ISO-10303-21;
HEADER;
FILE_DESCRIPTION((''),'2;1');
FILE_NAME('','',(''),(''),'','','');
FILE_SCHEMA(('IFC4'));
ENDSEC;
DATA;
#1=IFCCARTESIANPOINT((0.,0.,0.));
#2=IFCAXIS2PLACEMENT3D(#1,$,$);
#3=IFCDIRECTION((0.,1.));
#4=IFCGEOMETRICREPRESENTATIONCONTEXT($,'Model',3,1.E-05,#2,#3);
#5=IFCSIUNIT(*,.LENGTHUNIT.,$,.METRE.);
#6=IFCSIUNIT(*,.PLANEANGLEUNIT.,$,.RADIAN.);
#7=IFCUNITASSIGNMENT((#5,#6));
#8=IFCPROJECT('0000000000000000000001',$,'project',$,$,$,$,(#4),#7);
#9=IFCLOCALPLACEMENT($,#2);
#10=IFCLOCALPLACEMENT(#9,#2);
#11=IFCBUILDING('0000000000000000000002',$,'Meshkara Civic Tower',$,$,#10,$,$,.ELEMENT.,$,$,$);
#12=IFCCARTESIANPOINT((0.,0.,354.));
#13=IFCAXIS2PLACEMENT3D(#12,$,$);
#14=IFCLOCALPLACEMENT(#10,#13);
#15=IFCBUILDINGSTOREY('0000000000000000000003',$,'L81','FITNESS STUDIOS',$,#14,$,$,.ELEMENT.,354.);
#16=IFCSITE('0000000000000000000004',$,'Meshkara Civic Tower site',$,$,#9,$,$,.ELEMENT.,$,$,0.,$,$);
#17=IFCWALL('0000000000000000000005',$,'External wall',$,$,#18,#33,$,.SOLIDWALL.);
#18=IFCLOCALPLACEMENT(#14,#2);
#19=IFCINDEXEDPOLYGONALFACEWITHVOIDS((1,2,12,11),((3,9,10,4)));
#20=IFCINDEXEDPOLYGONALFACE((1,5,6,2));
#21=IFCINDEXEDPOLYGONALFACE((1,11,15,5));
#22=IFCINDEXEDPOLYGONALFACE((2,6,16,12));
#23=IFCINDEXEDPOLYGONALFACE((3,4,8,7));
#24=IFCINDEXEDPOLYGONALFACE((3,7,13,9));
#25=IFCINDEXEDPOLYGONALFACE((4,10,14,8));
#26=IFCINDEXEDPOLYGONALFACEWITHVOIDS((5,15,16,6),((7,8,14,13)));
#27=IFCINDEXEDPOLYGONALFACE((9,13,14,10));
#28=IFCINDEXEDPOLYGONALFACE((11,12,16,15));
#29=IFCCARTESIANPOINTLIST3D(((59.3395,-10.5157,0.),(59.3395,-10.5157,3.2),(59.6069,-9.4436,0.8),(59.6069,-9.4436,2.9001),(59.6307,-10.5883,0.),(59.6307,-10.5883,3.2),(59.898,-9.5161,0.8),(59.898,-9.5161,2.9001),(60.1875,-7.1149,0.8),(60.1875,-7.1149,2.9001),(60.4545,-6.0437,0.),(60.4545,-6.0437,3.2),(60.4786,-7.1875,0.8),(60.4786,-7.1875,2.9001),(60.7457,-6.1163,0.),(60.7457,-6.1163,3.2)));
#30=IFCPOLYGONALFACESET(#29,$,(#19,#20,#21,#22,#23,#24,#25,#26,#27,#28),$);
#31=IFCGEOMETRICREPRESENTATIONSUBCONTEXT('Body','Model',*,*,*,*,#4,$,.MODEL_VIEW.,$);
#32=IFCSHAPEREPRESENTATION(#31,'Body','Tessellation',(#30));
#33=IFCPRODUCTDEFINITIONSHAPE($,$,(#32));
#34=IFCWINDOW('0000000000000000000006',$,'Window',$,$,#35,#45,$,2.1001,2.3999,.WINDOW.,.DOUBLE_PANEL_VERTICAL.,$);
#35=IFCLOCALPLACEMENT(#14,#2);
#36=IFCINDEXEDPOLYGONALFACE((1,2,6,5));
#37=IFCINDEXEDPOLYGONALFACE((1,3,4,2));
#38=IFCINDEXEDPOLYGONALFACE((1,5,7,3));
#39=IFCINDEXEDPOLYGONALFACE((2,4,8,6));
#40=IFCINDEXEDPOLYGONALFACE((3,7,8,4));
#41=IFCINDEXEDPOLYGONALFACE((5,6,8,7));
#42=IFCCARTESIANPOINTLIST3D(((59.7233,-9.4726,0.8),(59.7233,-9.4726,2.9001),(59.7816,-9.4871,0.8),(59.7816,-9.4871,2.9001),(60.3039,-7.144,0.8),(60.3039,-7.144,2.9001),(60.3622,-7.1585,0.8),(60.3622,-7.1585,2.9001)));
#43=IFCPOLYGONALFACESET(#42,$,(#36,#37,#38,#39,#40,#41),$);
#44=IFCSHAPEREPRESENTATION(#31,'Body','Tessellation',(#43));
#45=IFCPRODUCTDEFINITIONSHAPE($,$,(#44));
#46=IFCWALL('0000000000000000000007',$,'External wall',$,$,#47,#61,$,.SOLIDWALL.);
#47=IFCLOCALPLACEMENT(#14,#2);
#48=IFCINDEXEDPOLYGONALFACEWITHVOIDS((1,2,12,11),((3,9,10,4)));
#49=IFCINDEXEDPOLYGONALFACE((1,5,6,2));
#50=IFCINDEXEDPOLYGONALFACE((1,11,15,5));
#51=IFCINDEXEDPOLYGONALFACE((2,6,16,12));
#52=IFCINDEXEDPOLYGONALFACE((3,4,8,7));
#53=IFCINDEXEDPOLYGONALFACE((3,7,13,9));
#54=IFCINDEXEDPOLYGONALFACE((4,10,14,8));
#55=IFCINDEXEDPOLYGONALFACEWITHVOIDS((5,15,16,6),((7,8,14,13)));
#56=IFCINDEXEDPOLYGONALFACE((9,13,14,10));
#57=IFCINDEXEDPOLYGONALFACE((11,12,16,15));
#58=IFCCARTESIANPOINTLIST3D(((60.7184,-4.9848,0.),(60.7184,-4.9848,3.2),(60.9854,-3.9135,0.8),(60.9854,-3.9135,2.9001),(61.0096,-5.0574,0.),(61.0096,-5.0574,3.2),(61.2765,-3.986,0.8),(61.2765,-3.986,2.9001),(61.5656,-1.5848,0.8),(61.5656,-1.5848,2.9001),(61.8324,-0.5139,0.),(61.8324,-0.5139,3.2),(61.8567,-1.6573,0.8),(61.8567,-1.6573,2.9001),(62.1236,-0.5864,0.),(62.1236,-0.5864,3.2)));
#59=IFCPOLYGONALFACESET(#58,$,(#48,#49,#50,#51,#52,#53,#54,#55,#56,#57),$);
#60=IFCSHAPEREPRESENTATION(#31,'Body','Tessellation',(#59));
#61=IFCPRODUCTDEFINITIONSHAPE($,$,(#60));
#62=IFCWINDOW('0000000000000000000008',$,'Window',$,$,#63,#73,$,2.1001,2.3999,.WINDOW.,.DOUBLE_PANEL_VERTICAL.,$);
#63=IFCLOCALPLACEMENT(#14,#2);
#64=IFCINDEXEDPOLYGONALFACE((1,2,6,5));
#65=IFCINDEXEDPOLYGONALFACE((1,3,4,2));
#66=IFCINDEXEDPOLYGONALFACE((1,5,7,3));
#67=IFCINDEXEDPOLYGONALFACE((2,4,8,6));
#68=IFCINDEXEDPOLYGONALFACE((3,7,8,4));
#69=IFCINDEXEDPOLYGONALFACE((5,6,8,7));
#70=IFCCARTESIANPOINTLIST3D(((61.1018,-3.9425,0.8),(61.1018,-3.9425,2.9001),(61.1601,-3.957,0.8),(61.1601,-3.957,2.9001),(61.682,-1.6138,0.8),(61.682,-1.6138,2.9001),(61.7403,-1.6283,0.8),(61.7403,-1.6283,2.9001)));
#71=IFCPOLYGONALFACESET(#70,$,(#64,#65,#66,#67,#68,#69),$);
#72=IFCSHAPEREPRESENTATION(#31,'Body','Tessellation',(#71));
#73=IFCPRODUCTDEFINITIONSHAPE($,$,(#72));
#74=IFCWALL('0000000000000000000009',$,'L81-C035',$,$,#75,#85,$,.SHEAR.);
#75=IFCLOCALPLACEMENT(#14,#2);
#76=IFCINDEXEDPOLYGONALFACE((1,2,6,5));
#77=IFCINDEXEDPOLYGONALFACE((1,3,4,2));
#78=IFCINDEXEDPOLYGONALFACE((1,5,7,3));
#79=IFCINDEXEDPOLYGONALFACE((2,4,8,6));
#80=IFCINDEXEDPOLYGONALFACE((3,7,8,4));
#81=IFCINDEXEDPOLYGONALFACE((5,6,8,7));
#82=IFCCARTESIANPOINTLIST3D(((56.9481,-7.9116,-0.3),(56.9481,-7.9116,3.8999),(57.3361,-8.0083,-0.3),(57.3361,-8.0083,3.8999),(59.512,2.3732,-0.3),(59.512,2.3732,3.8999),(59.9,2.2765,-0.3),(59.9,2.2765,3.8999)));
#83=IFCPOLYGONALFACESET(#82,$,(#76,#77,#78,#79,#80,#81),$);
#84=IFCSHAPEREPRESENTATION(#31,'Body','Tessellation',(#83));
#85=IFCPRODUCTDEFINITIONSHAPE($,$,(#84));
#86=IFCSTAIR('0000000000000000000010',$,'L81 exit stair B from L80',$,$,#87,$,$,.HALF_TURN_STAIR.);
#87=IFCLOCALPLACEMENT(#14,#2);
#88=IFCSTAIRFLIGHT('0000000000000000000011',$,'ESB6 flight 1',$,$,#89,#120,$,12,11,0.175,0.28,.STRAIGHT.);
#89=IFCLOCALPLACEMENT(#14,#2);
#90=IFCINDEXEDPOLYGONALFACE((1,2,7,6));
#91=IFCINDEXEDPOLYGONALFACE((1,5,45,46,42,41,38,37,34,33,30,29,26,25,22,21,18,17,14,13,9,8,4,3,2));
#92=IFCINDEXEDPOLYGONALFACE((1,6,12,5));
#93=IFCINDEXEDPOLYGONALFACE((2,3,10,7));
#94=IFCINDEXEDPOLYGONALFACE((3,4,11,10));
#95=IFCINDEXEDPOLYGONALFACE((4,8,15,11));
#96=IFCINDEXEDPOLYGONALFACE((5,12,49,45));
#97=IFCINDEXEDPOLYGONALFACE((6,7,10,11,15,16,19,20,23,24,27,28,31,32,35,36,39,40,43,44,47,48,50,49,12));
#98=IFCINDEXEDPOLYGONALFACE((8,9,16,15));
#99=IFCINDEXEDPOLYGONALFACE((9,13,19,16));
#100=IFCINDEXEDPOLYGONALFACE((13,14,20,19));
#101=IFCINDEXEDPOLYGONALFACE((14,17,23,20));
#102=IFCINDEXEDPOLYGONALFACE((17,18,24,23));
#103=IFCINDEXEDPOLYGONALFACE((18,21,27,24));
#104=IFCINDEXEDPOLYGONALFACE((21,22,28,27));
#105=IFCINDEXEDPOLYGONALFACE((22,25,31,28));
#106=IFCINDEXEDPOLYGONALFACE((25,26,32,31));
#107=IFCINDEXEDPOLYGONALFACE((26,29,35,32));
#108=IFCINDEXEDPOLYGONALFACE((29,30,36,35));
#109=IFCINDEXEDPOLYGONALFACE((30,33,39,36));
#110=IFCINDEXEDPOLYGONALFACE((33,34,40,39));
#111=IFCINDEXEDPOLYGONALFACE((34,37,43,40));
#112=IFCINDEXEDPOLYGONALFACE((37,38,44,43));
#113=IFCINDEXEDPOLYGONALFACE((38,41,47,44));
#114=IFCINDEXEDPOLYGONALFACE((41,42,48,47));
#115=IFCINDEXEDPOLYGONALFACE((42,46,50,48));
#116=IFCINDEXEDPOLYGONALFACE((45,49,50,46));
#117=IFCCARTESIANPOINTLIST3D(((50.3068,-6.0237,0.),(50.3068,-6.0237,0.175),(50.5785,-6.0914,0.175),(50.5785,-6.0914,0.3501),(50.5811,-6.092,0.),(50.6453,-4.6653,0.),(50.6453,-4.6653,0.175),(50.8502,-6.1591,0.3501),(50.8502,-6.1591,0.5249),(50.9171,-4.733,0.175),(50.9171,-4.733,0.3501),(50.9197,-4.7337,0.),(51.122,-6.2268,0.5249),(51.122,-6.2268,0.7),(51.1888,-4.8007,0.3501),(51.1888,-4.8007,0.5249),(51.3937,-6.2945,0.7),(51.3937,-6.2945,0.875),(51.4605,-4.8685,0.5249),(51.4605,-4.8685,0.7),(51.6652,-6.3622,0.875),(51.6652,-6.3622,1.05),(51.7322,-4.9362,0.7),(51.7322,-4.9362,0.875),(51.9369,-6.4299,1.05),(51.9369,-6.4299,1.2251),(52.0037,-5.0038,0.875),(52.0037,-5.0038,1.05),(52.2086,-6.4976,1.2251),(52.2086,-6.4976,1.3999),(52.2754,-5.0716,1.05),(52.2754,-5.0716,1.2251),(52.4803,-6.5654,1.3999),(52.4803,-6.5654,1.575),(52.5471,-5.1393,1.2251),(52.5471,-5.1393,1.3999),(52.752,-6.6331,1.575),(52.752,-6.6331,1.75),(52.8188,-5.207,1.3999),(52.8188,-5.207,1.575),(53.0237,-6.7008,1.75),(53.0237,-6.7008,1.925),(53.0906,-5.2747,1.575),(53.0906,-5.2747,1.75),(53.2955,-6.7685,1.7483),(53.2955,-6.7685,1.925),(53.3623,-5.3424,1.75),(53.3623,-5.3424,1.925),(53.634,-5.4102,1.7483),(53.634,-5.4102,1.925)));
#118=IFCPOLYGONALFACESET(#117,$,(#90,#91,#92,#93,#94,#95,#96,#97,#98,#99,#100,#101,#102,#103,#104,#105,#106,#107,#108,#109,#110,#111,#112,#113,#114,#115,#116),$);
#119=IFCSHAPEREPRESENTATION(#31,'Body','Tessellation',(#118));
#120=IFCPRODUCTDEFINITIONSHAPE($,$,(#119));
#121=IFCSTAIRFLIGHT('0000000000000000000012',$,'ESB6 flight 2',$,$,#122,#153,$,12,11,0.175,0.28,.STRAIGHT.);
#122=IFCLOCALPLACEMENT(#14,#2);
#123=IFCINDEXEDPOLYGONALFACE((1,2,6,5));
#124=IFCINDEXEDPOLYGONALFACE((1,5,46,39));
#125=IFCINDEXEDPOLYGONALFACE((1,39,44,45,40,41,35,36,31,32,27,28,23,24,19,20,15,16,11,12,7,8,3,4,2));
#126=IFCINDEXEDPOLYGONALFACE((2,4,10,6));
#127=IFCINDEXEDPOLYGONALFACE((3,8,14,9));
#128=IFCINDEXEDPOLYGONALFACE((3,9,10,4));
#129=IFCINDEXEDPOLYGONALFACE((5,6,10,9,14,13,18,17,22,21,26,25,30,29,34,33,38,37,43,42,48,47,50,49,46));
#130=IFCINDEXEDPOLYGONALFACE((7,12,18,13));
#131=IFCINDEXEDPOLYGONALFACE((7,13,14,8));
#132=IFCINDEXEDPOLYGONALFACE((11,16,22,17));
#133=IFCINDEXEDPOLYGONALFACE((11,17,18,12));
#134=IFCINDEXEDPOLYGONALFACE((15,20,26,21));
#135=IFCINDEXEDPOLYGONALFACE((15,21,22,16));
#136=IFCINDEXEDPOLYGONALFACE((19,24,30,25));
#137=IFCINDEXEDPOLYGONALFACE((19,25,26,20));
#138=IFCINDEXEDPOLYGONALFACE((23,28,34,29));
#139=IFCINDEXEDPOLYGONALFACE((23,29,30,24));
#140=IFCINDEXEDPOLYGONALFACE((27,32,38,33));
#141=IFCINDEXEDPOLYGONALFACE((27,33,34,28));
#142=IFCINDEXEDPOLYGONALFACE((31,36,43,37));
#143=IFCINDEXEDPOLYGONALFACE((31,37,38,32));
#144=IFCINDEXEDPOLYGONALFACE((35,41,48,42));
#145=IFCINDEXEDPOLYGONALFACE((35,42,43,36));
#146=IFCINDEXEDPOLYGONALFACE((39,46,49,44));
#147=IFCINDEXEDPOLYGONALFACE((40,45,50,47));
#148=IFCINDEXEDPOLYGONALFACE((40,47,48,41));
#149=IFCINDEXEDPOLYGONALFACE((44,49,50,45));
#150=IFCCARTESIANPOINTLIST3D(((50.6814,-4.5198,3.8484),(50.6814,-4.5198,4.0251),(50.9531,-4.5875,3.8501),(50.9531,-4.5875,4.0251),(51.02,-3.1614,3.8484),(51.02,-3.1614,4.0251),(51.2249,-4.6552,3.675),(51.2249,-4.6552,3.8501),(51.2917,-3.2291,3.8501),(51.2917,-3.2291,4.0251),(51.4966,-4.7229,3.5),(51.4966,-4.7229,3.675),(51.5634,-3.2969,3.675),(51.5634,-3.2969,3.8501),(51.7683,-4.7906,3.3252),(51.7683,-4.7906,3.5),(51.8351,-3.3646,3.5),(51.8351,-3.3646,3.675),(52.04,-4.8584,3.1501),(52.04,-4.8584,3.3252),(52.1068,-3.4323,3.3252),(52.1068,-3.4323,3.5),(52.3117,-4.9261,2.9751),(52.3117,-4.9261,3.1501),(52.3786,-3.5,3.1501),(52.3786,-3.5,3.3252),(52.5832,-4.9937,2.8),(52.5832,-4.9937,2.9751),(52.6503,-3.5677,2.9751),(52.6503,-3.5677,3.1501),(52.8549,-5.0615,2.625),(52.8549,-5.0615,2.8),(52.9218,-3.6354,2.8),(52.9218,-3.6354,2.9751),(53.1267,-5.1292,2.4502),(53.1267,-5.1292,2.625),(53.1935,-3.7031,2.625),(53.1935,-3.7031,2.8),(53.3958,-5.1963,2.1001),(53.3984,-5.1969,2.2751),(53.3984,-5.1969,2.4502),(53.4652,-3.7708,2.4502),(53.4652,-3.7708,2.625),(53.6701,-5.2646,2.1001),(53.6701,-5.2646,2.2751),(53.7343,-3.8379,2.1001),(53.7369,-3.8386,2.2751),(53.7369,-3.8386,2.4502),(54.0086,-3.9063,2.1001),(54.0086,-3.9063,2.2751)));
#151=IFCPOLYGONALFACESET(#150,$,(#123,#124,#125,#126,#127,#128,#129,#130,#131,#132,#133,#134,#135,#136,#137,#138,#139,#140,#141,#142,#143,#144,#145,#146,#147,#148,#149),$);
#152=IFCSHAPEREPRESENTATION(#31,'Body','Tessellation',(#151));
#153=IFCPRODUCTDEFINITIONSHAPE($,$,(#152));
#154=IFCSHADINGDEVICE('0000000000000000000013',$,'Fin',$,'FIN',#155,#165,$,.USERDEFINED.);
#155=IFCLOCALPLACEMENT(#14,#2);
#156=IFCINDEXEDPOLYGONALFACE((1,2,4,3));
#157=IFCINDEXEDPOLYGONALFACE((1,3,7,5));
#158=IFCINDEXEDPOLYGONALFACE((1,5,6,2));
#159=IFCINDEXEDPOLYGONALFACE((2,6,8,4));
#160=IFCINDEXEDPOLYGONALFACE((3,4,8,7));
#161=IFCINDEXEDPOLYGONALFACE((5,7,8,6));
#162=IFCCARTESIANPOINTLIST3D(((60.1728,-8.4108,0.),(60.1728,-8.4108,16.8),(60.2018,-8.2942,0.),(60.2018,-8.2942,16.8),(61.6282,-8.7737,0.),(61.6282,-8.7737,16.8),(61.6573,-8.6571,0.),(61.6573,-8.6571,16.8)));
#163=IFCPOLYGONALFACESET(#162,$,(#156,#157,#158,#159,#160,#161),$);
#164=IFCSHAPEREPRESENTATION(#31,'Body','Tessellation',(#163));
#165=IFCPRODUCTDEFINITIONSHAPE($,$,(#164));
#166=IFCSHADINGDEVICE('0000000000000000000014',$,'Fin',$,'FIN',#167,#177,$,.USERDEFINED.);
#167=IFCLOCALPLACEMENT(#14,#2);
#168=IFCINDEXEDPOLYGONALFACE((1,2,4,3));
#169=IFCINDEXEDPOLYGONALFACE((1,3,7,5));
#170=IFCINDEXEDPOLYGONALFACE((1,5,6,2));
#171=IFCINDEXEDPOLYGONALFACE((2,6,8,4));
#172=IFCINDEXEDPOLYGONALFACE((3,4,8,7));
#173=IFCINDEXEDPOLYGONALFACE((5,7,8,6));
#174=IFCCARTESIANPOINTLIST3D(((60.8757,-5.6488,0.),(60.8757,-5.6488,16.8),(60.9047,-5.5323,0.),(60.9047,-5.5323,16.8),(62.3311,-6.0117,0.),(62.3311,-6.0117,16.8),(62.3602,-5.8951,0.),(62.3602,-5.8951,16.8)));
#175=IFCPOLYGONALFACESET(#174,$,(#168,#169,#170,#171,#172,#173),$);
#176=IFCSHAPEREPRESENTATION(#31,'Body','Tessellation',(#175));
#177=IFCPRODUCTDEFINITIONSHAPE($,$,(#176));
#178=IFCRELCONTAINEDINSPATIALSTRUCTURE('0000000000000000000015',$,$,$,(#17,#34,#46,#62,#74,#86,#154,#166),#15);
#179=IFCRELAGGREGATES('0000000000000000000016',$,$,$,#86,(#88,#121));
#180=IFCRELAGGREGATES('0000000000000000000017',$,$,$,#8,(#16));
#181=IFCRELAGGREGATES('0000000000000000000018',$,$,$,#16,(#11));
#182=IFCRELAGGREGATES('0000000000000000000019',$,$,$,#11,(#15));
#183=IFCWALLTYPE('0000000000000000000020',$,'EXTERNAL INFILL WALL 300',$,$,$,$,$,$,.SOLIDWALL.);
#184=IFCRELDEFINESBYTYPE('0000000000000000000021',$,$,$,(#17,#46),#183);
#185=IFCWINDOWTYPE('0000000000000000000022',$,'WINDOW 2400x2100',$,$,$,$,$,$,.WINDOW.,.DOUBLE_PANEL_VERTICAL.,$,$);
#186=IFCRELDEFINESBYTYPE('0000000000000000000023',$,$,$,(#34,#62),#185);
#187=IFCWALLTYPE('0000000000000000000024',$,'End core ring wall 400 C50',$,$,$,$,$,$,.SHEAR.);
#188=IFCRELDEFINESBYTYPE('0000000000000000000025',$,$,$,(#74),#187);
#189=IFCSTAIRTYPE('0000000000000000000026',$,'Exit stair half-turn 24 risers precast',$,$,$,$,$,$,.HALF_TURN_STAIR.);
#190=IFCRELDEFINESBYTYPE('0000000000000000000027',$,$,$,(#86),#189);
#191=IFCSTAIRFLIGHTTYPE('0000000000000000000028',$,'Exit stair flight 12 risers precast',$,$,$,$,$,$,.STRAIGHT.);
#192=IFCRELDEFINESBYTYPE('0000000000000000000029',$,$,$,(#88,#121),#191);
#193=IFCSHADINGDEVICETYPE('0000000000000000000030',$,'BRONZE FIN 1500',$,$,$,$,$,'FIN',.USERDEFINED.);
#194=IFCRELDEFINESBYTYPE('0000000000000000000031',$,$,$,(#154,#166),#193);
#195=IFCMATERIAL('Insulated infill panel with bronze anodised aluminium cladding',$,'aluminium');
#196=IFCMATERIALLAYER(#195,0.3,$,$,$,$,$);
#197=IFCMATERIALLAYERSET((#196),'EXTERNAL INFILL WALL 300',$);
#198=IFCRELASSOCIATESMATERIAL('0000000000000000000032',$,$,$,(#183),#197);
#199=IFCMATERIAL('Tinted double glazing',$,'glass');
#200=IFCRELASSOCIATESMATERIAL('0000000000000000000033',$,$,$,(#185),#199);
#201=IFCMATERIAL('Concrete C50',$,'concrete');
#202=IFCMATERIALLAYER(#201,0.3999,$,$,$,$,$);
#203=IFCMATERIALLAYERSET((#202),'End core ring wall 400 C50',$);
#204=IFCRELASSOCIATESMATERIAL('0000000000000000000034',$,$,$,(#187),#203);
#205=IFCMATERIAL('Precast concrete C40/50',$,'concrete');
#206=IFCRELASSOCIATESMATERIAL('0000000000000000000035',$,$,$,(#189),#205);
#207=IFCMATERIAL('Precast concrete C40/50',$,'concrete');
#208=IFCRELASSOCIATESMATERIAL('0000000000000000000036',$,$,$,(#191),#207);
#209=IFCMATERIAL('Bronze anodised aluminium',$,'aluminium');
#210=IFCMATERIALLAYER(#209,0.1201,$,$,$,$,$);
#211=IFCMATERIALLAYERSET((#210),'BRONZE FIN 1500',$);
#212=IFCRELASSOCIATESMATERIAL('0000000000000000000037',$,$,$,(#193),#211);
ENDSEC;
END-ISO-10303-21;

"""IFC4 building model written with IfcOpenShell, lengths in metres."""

from ifc_helpers import new_model, si_unit, direction, frame, frame_2d, origin, origin_2d, place, context, subcontext, project, spatial, polyline, rectangle, outline, extrude, material, layer, layer_set, type_object, element, fill, aggregate, save


model = new_model("IFC4")

# Units and contexts
model_context = context("Model", 3, precision=1e-05, world=origin(), true_north=direction((0.0, 1.0)))
body_context = subcontext(model_context, "Body", "Model", "MODEL_VIEW")
ifc_project = project(units=[si_unit("LENGTHUNIT", "METRE"), si_unit("PLANEANGLEUNIT", "RADIAN")], contexts=[model_context])

# Site, building, storey
site_placement = place(None, origin())
site = spatial("IfcSite", under=ifc_project, at=site_placement, Name="Meshkara Civic Tower site", CompositionType="ELEMENT", RefElevation=0.0)
building_placement = place(site_placement, origin())
building = spatial("IfcBuilding", under=site, at=building_placement, Name="Meshkara Civic Tower", CompositionType="ELEMENT")
storey_placement = place(building_placement, frame((0.0, 0.0, 354.0)))
storey = spatial("IfcBuildingStorey", under=building, at=storey_placement, Name="L81", Description="FITNESS STUDIOS", CompositionType="ELEMENT", Elevation=354.0)

# Walls, openings, windows
ifc_material_1 = material(Name="Insulated infill panel with bronze anodised aluminium cladding", Category="aluminium")
ifc_layer_1 = layer(ifc_material_1, 0.3)
ifc_layer_set_1 = layer_set([ifc_layer_1], Name="EXTERNAL INFILL WALL 300")
wall_type_1 = type_object("IfcWallType", Name="EXTERNAL INFILL WALL 300", PredefinedType="SOLIDWALL", material=ifc_layer_set_1)
ifc_material_2 = material(Name="Tinted double glazing", Category="glass")
window_type = type_object("IfcWindowType", Name="WINDOW 2400x2100", PartitioningType="DOUBLE_PANEL_VERTICAL", PredefinedType="WINDOW", material=ifc_material_2)
wall_1_placement = place(storey_placement, frame((59.4851, -10.552, 0.0), z_axis=(0.0, 0.0, 1.0), x_axis=(0.241925, 0.970295, 0.0)))
wall_1 = element("IfcWall", 1, at=wall_1_placement, inside=storey, type_object=wall_type_1, Name="External wall", PredefinedType="SOLIDWALL", context=body_context, shape_type="SweptSolid", body=[
    extrude(rectangle(XDim=4.6089, YDim=0.3, at=frame_2d((2.3044, 0.0))), origin(), (0.0, 0.0, 1.0), 3.2),
])
opening_1_placement = place(wall_1_placement, frame((1.105, 0.0, 0.8)))
opening_1 = element("IfcOpeningElement", 2, at=opening_1_placement, cuts=wall_1, PredefinedType="OPENING", context=body_context, shape_type="SweptSolid", body=[
    extrude(rectangle(XDim=2.3999, YDim=2.1001, at=frame_2d((1.2, 1.05))), frame((0.0, 0.1599, 0.0), z_axis=(0.0, -1.0, 0.0), x_axis=(1.0, 0.0, 0.0)), (0.0, 0.0, 1.0), 0.3201),
])
window_1_placement = place(opening_1_placement, origin())
window_1 = element("IfcWindow", 3, at=window_1_placement, inside=storey, type_object=window_type, Name="Window", OverallHeight=2.1001, OverallWidth=2.3999, PartitioningType="DOUBLE_PANEL_VERTICAL", PredefinedType="WINDOW", context=body_context, shape_type="SweptSolid", body=[
    extrude(rectangle(XDim=2.3999, YDim=2.1001, at=frame_2d((1.2, 1.05))), frame((0.0, 0.03, 0.0), z_axis=(0.0, -1.0, 0.0), x_axis=(1.0, 0.0, 0.0)), (0.0, 0.0, 1.0), 0.0601),
])
fill(opening_1, window_1)
wall_2_placement = place(storey_placement, frame((60.864, -5.021, 0.0), z_axis=(0.0, 0.0, 1.0), x_axis=(0.241775, 0.970332, 0.0)))
wall_2 = element("IfcWall", 4, at=wall_2_placement, inside=storey, type_object=wall_type_1, Name="External wall", PredefinedType="SOLIDWALL", context=body_context, shape_type="SweptSolid", body=[
    extrude(rectangle(XDim=4.6077, YDim=0.3, at=frame_2d((2.3037, 0.0))), origin(), (0.0, 0.0, 1.0), 3.2),
])
opening_2_placement = place(wall_2_placement, frame((1.104, 0.0, 0.8)))
opening_2 = element("IfcOpeningElement", 5, at=opening_2_placement, cuts=wall_2, PredefinedType="OPENING", context=body_context, shape_type="SweptSolid", body=[
    extrude(rectangle(XDim=2.3999, YDim=2.1001, at=frame_2d((1.2, 1.05))), frame((0.0, 0.1599, 0.0), z_axis=(0.0, -1.0, 0.0), x_axis=(1.0, 0.0, 0.0)), (0.0, 0.0, 1.0), 0.3201),
])
window_2_placement = place(opening_2_placement, origin())
window_2 = element("IfcWindow", 6, at=window_2_placement, inside=storey, type_object=window_type, Name="Window", OverallHeight=2.1001, OverallWidth=2.3999, PartitioningType="DOUBLE_PANEL_VERTICAL", PredefinedType="WINDOW", context=body_context, shape_type="SweptSolid", body=[
    extrude(rectangle(XDim=2.3999, YDim=2.1001, at=frame_2d((1.2, 1.05))), frame((0.0, 0.03, 0.0), z_axis=(0.0, -1.0, 0.0), x_axis=(1.0, 0.0, 0.0)), (0.0, 0.0, 1.0), 0.0601),
])
fill(opening_2, window_2)

# Wall
ifc_material_3 = material(Name="Concrete C50", Category="concrete")
ifc_layer_2 = layer(ifc_material_3, 0.3999)
ifc_layer_set_2 = layer_set([ifc_layer_2], Name="End core ring wall 400 C50")
wall_type_2 = type_object("IfcWallType", Name="End core ring wall 400 C50", PredefinedType="SHEAR", material=ifc_layer_set_2)
wall_3_placement = place(storey_placement, frame((57.1421, -7.96, -0.3), z_axis=(0.0, 0.0, 1.0), x_axis=(0.241891, 0.970304, 0.0)))
element("IfcWall", 7, at=wall_3_placement, inside=storey, type_object=wall_type_2, Name="L81-C035", PredefinedType="SHEAR", context=body_context, shape_type="SweptSolid", body=[
    extrude(rectangle(XDim=10.5996, YDim=0.3999, at=frame_2d((5.2998, 0.0))), origin(), (0.0, 0.0, 1.0), 4.2),
])

# Stair, stair flights
ifc_material_4 = material(Name="Precast concrete C40/50", Category="concrete")
stair_type = type_object("IfcStairType", Name="Exit stair half-turn 24 risers precast", PredefinedType="HALF_TURN_STAIR", material=ifc_material_4)
stair_placement = place(storey_placement, origin())
stair = element("IfcStair", 8, at=stair_placement, inside=storey, type_object=stair_type, Name="L81 exit stair B from L80", PredefinedType="HALF_TURN_STAIR")
ifc_material_5 = material(Name="Precast concrete C40/50", Category="concrete")
stair_flight_type = type_object("IfcStairFlightType", Name="Exit stair flight 12 risers precast", PredefinedType="STRAIGHT", material=ifc_material_5)
stair_flight_1_placement = place(storey_placement, frame((50.4761, -5.3445, 0.0), z_axis=(0.0, 0.0, 1.0), x_axis=(0.970319, -0.24183, 0.0)))
stair_flight_1 = element("IfcStairFlight", 9, at=stair_flight_1_placement, type_object=stair_flight_type, Name="ESB6 flight 1", NumberOfRisers=12, NumberOfTreads=11, PredefinedType="STRAIGHT", RiserHeight=0.175, TreadLength=0.28, context=body_context, shape_type="SweptSolid", body=[
    extrude(outline(polyline([(0.0, 0.0), (0.0, 0.175), (0.28, 0.175), (0.28, 0.3501), (0.5601, 0.3501), (0.5601, 0.5249), (0.8401, 0.5249), (0.8401, 0.7), (1.1201, 0.7), (1.1201, 0.875), (1.3999, 0.875), (1.3999, 1.05), (1.6799, 1.05), (1.6799, 1.2251), (1.96, 1.2251), (1.96, 1.3999), (2.24, 1.3999), (2.24, 1.575), (2.52, 1.575), (2.52, 1.75), (2.8, 1.75), (2.8, 1.925), (3.0801, 1.925), (3.0801, 2.1001), (3.0801, 1.7483), (0.2827, 0.0), (0.0, 0.0)])), frame((0.0, 0.7, 0.0), z_axis=(0.0, -1.0, 0.0), x_axis=(1.0, 0.0, 0.0)), (0.0, 0.0, 1.0), 1.3999),
])
stair_flight_2_placement = place(storey_placement, frame((53.8394, -4.5854, 2.1001), z_axis=(0.0, 0.0, 1.0), x_axis=(-0.970319, 0.24183, 0.0)))
stair_flight_2 = element("IfcStairFlight", 10, at=stair_flight_2_placement, type_object=stair_flight_type, Name="ESB6 flight 2", NumberOfRisers=12, NumberOfTreads=11, PredefinedType="STRAIGHT", RiserHeight=0.175, TreadLength=0.28, context=body_context, shape_type="SweptSolid", body=[
    extrude(outline(polyline([(0.0, 0.0), (0.0, 0.175), (0.28, 0.175), (0.28, 0.3501), (0.5601, 0.3501), (0.5601, 0.5249), (0.8401, 0.5249), (0.8401, 0.7), (1.1201, 0.7), (1.1201, 0.875), (1.3999, 0.875), (1.3999, 1.05), (1.6799, 1.05), (1.6799, 1.2251), (1.96, 1.2251), (1.96, 1.3999), (2.24, 1.3999), (2.24, 1.575), (2.52, 1.575), (2.52, 1.75), (2.8, 1.75), (2.8, 1.925), (3.0801, 1.925), (3.0801, 2.1001), (3.0801, 1.7483), (0.2827, 0.0), (0.0, 0.0)])), frame((0.0, 0.7, 0.0), z_axis=(0.0, -1.0, 0.0), x_axis=(1.0, 0.0, 0.0)), (0.0, 0.0, 1.0), 1.3999),
])
aggregate(stair, [stair_flight_1, stair_flight_2])

# Shading devices
ifc_material_6 = material(Name="Bronze anodised aluminium", Category="aluminium")
ifc_layer_3 = layer(ifc_material_6, 0.1201)
ifc_layer_set_3 = layer_set([ifc_layer_3], Name="BRONZE FIN 1500")
shading_device_type = type_object("IfcShadingDeviceType", Name="BRONZE FIN 1500", ElementType="FIN", PredefinedType="USERDEFINED", material=ifc_layer_set_3)
for number, where, z_axis, x_axis, name in (
    (11, (60.915, -8.5339, 0.0), (0.0, 0.0, 1.0), (0.241922, 0.970296, 0.0), "Fin"),
    (12, (61.6179, -5.772, 0.0), (0.0, 0.0, 1.0), (0.241922, 0.970296, 0.0), "Fin"),
):
    element("IfcShadingDevice", number, at=place(storey_placement, frame(where, z_axis=z_axis, x_axis=x_axis)), inside=storey, type_object=shading_device_type, Name=name, ObjectType="FIN", PredefinedType="USERDEFINED", context=body_context, shape_type="SweptSolid", body=[
        extrude(rectangle(XDim=0.1201, YDim=1.5, at=origin_2d()), origin(), (0.0, 0.0, 1.0), 16.8),
    ])

save(model, "model.ifc")
